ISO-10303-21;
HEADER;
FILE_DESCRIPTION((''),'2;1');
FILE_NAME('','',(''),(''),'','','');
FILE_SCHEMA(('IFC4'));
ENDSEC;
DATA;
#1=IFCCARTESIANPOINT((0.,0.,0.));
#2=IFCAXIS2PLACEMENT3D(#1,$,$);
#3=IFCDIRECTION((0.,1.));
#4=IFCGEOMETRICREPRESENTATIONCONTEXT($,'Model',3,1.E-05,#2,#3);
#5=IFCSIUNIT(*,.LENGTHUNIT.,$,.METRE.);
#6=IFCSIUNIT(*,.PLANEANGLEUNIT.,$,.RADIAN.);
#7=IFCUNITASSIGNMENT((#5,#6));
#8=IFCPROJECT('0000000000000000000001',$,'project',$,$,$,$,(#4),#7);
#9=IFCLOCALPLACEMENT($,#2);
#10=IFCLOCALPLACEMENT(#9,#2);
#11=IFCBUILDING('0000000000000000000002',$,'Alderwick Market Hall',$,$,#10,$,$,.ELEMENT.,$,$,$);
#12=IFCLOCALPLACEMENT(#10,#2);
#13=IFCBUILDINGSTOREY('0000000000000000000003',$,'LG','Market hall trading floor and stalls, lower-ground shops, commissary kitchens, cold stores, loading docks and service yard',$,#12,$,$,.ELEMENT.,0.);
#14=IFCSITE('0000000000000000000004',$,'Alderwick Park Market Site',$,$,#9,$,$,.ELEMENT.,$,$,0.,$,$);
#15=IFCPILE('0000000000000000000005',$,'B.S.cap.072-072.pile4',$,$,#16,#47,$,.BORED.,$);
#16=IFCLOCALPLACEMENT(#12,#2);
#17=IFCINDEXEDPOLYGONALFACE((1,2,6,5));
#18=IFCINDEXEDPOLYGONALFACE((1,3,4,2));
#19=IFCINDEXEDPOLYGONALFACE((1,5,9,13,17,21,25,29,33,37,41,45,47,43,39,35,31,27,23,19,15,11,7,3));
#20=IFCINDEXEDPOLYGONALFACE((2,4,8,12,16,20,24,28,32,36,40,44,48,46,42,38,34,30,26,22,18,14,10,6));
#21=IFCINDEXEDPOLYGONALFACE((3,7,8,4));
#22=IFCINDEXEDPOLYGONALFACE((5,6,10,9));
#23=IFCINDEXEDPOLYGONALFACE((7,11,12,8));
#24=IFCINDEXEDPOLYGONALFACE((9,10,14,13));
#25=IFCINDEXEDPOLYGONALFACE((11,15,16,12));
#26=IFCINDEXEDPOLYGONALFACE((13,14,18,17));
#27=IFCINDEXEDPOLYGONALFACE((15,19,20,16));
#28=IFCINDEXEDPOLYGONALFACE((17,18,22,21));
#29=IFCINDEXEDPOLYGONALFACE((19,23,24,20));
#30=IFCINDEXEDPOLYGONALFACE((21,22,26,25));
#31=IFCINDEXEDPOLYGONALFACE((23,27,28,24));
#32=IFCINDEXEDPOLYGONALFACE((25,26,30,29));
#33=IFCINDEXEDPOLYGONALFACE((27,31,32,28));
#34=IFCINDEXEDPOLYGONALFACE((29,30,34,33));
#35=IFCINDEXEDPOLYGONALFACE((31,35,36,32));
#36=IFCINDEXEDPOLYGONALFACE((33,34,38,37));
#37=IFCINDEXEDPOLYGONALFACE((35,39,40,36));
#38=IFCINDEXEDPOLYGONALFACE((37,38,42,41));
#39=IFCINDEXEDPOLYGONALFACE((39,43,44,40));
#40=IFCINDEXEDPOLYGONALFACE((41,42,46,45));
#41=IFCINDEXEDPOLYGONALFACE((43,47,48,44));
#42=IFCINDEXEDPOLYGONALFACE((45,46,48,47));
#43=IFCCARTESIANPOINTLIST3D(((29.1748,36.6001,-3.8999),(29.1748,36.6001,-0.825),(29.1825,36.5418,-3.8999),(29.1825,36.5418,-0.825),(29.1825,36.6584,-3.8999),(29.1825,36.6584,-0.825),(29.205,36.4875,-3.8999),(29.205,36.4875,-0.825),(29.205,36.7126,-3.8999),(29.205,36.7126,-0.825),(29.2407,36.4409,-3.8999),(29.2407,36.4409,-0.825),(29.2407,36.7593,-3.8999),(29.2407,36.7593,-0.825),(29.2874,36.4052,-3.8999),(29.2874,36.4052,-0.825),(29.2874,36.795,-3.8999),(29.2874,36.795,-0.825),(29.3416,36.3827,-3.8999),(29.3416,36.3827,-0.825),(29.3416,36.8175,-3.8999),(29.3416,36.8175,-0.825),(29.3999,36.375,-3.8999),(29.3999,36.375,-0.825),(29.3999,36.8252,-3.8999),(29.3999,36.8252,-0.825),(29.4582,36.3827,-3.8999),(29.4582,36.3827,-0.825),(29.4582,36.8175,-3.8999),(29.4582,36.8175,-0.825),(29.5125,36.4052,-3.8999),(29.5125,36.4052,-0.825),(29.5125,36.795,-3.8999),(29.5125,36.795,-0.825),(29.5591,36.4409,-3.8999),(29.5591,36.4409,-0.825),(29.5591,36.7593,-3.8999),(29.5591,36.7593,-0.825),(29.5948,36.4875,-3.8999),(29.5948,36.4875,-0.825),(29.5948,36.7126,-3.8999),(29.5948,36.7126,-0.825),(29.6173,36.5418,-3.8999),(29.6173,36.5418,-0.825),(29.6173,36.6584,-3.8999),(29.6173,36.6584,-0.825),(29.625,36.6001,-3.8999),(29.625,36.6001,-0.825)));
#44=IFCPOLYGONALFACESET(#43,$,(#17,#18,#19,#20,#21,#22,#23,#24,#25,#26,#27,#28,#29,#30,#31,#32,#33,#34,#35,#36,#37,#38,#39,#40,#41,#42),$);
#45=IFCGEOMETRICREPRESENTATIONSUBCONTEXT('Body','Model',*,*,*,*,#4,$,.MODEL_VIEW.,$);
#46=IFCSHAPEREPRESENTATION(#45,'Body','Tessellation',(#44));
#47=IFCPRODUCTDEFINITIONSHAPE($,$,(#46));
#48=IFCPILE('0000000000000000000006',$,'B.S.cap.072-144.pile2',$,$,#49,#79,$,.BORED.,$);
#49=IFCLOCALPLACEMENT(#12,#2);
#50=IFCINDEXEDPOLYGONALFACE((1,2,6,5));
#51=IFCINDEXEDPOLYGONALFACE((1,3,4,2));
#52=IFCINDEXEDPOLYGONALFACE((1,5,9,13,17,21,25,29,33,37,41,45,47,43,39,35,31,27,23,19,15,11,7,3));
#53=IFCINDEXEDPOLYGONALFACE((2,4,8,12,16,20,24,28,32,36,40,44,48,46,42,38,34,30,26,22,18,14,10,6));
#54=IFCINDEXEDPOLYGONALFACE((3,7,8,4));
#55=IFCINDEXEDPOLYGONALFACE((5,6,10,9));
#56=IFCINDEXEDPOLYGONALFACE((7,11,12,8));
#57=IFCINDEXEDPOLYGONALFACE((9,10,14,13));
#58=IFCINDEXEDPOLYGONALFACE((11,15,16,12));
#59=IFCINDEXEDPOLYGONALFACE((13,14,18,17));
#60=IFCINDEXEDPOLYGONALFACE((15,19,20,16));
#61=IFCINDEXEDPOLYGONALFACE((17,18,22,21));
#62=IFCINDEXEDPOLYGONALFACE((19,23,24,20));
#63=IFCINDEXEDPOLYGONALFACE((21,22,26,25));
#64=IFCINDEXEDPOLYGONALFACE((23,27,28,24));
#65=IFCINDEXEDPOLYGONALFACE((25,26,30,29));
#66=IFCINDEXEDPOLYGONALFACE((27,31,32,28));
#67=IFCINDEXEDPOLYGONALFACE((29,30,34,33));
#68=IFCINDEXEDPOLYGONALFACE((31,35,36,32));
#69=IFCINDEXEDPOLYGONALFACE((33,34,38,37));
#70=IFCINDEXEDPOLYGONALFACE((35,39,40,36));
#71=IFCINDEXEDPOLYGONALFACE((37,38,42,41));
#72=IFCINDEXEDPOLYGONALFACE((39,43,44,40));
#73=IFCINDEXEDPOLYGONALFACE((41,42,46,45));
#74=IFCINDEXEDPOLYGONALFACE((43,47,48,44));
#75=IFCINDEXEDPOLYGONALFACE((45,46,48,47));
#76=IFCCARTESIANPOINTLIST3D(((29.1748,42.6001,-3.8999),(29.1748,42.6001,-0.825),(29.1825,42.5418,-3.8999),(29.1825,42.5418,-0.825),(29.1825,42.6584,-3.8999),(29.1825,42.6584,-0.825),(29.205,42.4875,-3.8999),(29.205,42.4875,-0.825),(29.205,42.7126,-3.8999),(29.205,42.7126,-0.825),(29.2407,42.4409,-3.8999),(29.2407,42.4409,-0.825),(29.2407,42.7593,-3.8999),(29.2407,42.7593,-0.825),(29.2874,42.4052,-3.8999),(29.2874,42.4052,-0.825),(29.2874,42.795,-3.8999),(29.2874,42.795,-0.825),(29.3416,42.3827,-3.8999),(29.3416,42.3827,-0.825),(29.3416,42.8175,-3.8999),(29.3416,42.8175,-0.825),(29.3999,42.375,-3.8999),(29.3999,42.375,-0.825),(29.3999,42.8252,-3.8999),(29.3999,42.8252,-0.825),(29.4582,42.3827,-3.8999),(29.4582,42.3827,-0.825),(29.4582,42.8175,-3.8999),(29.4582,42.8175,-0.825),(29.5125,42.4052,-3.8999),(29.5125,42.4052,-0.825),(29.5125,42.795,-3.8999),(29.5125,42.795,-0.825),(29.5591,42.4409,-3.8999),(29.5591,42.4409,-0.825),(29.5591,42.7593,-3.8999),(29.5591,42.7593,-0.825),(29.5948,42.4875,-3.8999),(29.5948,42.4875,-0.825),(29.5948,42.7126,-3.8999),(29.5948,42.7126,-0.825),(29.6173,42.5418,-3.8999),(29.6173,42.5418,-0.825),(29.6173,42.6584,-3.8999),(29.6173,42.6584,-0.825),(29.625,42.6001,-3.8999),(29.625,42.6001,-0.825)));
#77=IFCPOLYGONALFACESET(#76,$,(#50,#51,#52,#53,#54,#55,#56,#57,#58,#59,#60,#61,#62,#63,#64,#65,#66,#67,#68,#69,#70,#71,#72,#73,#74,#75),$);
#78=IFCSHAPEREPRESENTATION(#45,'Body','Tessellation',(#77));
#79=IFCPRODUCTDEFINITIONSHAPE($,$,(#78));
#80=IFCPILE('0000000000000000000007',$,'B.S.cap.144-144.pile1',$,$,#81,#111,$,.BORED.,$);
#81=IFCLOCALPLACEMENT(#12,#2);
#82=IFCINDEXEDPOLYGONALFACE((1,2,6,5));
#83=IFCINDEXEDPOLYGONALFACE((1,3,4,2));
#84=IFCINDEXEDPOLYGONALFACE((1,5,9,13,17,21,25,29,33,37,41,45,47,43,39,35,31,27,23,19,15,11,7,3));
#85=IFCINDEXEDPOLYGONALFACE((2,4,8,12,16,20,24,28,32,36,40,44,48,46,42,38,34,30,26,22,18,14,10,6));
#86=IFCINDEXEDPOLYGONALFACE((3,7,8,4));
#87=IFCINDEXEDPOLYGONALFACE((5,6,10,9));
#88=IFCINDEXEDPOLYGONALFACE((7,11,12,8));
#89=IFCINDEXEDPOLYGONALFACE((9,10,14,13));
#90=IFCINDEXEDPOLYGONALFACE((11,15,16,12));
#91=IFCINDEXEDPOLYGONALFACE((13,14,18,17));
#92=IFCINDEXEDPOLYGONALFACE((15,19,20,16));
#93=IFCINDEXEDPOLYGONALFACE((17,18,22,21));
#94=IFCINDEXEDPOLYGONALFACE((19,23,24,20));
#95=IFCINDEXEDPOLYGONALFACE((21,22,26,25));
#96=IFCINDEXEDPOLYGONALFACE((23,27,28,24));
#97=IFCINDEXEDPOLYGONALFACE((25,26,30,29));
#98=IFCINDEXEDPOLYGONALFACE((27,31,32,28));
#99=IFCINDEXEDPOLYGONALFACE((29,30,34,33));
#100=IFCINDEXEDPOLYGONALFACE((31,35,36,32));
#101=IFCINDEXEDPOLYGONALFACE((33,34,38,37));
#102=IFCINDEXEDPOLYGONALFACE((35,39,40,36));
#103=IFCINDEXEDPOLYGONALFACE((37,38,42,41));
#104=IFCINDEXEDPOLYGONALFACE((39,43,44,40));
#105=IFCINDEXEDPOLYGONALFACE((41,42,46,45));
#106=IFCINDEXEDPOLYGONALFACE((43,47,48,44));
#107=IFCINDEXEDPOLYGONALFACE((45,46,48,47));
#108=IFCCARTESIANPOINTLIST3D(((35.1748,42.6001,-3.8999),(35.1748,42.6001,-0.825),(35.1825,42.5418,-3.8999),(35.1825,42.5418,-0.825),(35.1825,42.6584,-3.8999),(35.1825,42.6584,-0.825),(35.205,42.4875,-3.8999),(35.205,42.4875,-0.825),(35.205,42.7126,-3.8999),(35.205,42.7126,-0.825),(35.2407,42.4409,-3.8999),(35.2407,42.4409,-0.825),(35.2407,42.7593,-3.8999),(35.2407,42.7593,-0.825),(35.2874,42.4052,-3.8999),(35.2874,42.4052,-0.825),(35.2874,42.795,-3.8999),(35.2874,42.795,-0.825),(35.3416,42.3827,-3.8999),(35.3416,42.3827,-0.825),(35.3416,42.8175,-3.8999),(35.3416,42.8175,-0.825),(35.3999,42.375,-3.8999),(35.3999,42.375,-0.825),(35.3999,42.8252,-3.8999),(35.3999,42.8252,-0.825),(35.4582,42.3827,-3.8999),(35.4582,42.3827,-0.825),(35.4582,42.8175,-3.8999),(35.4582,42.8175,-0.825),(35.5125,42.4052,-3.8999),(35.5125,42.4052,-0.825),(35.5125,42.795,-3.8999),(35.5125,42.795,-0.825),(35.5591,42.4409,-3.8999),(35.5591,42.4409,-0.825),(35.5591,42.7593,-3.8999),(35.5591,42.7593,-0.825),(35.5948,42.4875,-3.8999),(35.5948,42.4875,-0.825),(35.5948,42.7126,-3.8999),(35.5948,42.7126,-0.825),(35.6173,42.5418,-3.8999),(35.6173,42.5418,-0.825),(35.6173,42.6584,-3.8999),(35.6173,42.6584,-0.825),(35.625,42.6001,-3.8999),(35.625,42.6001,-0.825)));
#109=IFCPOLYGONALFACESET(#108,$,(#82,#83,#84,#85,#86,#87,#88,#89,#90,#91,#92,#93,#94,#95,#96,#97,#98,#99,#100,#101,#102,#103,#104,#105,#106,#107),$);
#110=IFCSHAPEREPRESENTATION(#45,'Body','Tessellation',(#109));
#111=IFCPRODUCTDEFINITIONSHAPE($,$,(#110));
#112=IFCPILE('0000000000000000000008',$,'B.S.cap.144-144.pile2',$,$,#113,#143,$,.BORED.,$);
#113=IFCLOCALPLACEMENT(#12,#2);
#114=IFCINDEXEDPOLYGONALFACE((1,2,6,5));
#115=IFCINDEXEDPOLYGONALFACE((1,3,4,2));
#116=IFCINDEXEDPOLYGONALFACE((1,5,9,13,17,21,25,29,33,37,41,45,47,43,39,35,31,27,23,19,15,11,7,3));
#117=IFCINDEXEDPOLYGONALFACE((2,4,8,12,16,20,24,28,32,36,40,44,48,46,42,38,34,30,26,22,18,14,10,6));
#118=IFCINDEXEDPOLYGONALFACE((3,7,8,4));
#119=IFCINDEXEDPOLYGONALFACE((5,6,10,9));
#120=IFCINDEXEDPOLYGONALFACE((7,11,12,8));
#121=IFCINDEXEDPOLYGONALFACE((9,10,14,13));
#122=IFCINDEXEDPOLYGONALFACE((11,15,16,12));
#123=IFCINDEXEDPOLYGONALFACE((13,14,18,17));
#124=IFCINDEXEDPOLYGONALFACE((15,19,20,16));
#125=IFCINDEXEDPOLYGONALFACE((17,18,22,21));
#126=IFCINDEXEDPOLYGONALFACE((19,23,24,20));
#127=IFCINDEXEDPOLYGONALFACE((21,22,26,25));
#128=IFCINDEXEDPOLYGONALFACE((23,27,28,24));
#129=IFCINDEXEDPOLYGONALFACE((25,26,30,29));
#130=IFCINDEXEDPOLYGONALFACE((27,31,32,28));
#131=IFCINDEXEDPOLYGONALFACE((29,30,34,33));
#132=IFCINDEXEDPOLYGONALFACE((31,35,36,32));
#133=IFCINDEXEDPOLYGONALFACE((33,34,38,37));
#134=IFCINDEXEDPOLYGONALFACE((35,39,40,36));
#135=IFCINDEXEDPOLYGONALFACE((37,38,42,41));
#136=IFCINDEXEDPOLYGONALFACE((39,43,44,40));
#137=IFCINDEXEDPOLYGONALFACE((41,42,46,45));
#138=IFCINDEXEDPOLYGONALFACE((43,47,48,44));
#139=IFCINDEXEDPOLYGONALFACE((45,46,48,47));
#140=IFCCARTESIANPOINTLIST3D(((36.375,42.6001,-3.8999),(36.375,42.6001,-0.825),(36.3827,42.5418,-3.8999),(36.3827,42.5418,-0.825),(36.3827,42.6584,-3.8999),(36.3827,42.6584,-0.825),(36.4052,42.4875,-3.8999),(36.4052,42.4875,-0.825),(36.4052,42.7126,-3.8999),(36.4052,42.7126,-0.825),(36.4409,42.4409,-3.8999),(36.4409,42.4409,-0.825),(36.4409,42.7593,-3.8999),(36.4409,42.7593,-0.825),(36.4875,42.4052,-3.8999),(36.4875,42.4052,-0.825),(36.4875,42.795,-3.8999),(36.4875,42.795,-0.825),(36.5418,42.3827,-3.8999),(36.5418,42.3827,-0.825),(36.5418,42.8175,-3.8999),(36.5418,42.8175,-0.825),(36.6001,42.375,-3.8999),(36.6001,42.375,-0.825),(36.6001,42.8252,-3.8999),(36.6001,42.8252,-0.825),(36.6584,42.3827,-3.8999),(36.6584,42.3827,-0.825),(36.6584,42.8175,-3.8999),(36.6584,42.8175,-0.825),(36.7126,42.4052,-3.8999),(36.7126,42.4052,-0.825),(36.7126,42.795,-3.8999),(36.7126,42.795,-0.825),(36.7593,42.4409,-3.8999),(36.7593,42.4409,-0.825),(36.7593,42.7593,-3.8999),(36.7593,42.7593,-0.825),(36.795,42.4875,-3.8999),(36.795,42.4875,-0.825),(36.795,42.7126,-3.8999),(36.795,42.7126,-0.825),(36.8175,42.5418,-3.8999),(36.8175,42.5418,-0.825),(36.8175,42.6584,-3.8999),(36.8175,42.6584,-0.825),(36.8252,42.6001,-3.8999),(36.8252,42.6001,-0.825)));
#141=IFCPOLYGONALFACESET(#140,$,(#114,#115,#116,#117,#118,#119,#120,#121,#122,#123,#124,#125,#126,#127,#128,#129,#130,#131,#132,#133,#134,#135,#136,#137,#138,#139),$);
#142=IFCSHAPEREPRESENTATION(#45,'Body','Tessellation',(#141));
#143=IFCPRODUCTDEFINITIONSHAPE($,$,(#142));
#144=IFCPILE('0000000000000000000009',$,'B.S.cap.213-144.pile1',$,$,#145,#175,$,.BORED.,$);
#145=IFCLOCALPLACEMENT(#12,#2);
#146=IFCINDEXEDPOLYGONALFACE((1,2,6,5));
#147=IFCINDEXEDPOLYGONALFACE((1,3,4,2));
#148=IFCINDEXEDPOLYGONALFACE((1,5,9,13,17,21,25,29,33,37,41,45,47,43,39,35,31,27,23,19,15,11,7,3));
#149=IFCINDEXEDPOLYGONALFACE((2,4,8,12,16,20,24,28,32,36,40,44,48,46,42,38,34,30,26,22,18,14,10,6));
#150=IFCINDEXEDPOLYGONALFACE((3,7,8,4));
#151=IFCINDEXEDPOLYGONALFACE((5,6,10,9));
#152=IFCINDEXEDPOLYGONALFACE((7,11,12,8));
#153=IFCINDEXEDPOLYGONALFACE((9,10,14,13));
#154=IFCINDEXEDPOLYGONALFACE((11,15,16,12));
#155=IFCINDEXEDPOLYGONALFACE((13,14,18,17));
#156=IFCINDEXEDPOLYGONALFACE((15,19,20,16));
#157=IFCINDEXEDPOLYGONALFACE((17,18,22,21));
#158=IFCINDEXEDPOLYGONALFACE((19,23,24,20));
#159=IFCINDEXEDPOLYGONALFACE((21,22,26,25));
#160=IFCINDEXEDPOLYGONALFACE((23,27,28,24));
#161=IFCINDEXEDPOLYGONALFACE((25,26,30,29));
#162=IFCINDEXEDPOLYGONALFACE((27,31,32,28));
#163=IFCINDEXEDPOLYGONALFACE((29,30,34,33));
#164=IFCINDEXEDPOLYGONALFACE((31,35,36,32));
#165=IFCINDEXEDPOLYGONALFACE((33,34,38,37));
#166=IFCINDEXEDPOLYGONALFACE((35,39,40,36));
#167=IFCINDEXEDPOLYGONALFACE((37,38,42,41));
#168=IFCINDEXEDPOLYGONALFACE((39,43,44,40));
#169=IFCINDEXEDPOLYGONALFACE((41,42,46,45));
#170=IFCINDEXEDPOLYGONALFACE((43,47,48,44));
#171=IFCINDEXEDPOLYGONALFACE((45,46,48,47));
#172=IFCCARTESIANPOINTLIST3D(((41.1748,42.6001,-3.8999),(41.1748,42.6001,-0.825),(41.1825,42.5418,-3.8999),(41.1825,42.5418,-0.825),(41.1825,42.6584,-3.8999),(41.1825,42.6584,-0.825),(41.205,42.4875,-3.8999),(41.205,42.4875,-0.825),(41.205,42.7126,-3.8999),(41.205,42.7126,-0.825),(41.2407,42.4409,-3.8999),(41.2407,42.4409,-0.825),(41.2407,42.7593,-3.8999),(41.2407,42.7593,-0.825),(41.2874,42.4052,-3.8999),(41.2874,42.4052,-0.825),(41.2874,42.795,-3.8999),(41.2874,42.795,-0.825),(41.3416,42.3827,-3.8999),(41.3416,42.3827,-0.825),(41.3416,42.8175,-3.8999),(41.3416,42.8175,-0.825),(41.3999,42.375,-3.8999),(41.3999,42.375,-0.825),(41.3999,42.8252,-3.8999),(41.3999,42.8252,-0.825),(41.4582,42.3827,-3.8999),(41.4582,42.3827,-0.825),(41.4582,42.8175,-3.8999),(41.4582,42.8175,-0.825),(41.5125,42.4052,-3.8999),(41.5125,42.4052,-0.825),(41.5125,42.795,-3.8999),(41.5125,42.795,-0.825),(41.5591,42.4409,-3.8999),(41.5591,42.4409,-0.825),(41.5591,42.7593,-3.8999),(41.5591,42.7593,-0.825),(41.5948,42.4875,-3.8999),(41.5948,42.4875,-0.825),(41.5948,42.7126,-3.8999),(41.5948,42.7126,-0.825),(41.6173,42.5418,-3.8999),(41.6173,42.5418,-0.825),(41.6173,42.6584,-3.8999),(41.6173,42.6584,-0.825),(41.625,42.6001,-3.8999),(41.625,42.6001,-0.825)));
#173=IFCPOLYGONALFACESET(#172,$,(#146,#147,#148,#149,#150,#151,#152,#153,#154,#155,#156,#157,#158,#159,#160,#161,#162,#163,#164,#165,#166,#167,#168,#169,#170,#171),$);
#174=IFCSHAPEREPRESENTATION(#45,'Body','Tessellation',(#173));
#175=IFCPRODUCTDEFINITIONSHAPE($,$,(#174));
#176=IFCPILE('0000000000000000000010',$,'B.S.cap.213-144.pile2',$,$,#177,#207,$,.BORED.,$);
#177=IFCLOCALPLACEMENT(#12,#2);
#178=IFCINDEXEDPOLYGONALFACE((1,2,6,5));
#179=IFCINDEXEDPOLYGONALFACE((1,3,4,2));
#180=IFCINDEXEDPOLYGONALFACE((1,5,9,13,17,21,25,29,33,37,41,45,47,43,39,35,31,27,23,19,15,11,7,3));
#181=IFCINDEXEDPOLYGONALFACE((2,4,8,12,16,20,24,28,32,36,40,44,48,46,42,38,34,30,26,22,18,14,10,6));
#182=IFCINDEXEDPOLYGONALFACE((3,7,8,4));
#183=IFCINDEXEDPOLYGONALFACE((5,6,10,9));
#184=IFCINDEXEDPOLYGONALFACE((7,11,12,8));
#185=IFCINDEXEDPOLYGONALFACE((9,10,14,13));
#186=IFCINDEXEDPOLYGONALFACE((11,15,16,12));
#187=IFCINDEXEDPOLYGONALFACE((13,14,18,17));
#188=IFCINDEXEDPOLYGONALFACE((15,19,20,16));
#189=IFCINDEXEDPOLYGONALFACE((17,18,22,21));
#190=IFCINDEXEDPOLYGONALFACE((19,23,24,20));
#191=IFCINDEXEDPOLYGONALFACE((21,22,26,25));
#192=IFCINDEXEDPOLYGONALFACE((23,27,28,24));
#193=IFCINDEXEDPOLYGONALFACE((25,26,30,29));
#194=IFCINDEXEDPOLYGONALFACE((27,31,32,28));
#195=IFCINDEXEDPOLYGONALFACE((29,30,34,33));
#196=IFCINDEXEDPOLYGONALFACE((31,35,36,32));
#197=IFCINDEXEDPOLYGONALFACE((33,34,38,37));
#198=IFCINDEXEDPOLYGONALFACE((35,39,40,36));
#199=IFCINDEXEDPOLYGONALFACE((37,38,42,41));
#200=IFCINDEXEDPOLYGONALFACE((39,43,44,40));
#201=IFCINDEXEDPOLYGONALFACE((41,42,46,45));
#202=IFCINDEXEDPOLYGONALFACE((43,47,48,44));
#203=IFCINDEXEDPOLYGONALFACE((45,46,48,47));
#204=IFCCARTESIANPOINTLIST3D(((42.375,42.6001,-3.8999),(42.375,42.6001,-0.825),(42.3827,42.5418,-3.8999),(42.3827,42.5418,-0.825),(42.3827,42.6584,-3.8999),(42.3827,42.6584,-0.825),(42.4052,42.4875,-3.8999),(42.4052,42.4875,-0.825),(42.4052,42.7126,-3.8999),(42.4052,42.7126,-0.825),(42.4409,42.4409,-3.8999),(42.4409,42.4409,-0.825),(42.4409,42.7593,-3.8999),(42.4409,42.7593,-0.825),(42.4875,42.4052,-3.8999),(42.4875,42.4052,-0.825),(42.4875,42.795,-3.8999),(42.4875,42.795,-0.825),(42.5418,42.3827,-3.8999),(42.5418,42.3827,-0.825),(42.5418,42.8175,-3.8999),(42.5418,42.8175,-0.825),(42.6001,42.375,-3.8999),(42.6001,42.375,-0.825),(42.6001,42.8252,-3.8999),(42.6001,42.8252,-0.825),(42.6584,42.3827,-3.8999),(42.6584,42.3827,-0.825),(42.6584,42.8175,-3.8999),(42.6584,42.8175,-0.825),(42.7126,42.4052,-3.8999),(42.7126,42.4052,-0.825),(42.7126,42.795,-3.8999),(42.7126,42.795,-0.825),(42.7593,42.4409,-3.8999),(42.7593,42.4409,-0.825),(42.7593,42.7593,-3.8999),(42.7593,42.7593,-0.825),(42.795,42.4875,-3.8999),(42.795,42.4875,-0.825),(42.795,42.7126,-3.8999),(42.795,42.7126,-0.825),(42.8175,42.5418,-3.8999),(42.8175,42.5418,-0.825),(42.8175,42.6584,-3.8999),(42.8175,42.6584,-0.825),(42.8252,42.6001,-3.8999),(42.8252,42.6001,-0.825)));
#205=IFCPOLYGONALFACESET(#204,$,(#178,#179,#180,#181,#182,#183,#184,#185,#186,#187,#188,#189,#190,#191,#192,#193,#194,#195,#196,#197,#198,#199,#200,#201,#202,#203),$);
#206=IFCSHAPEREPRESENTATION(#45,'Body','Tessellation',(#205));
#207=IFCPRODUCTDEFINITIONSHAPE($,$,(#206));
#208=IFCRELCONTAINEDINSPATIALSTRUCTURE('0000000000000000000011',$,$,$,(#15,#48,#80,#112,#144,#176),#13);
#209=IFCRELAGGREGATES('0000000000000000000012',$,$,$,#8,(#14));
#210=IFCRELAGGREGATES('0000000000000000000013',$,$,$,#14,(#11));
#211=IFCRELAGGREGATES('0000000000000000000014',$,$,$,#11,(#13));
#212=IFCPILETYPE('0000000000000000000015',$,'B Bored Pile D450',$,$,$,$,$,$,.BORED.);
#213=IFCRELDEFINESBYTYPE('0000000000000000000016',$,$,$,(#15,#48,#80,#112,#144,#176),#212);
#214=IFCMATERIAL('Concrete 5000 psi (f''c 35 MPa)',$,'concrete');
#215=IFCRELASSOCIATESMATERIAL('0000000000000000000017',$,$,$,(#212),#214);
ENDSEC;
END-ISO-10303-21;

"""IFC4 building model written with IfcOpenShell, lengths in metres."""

from ifc_helpers import new_model, si_unit, direction, frame, origin, origin_2d, place, context, subcontext, project, spatial, circle, extrude, material, material_profile, profile_set, type_object, element, save


model = new_model("IFC4")

# Units and contexts
model_context = context("Model", 3, precision=1e-05, world=origin(), true_north=direction((0.0, 1.0)))
body_context = subcontext(model_context, "Body", "Model", "MODEL_VIEW")
ifc_project = project(units=[si_unit("LENGTHUNIT", "METRE"), si_unit("PLANEANGLEUNIT", "RADIAN")], contexts=[model_context])

# Site, building, storey
site_placement = place(None, origin())
site = spatial("IfcSite", under=ifc_project, at=site_placement, Name="Alderwick Park Market Site", CompositionType="ELEMENT", RefElevation=0.0)
building_placement = place(site_placement, origin())
building = spatial("IfcBuilding", under=site, at=building_placement, Name="Alderwick Market Hall", CompositionType="ELEMENT")
storey_placement = place(building_placement, origin())
storey = spatial("IfcBuildingStorey", under=building, at=storey_placement, Name="LG", Description="Market hall trading floor and stalls, lower-ground shops, commissary kitchens, cold stores, loading docks and service yard", CompositionType="ELEMENT", Elevation=0.0)

# Piles
ifc_material_1 = material(Name="Concrete 5000 psi (f'c 35 MPa)", Category="concrete")
ifc_material_profile_1 = material_profile(ifc_material_1, circle(Radius=0.2251, at=origin_2d()), Name="B Bored Pile D450")
ifc_profile_set_1 = profile_set([ifc_material_profile_1], Name="Concrete 5000 psi (f'c 35 MPa)")
pile_type = type_object("IfcPileType", Name="B Bored Pile D450", PredefinedType="BORED", material=ifc_profile_set_1)
for number, where, z_axis, x_axis, name in (
    (1, (29.3999, 36.6001, -0.825), (0.0, 0.0, -1.0), (1.0, 0.0, 0.0), "B.S.cap.072-072.pile4"),
    (2, (29.3999, 42.6001, -0.825), (0.0, 0.0, -1.0), (1.0, 0.0, 0.0), "B.S.cap.072-144.pile2"),
    (3, (35.3999, 42.6001, -0.825), (0.0, 0.0, -1.0), (1.0, 0.0, 0.0), "B.S.cap.144-144.pile1"),
    (4, (36.6001, 42.6001, -0.825), (0.0, 0.0, -1.0), (1.0, 0.0, 0.0), "B.S.cap.144-144.pile2"),
    (5, (41.3999, 42.6001, -0.825), (0.0, 0.0, -1.0), (1.0, 0.0, 0.0), "B.S.cap.213-144.pile1"),
    (6, (42.6001, 42.6001, -0.825), (0.0, 0.0, -1.0), (1.0, 0.0, 0.0), "B.S.cap.213-144.pile2"),
):
    element("IfcPile", number, at=place(storey_placement, frame(where, z_axis=z_axis, x_axis=x_axis)), inside=storey, type_object=pile_type, Name=name, PredefinedType="BORED", context=body_context, shape_type="SweptSolid", body=[
        extrude(circle(Radius=0.2251, at=origin_2d()), origin(), (0.0, 0.0, 1.0), 3.075),
    ])

save(model, "model.ifc")
